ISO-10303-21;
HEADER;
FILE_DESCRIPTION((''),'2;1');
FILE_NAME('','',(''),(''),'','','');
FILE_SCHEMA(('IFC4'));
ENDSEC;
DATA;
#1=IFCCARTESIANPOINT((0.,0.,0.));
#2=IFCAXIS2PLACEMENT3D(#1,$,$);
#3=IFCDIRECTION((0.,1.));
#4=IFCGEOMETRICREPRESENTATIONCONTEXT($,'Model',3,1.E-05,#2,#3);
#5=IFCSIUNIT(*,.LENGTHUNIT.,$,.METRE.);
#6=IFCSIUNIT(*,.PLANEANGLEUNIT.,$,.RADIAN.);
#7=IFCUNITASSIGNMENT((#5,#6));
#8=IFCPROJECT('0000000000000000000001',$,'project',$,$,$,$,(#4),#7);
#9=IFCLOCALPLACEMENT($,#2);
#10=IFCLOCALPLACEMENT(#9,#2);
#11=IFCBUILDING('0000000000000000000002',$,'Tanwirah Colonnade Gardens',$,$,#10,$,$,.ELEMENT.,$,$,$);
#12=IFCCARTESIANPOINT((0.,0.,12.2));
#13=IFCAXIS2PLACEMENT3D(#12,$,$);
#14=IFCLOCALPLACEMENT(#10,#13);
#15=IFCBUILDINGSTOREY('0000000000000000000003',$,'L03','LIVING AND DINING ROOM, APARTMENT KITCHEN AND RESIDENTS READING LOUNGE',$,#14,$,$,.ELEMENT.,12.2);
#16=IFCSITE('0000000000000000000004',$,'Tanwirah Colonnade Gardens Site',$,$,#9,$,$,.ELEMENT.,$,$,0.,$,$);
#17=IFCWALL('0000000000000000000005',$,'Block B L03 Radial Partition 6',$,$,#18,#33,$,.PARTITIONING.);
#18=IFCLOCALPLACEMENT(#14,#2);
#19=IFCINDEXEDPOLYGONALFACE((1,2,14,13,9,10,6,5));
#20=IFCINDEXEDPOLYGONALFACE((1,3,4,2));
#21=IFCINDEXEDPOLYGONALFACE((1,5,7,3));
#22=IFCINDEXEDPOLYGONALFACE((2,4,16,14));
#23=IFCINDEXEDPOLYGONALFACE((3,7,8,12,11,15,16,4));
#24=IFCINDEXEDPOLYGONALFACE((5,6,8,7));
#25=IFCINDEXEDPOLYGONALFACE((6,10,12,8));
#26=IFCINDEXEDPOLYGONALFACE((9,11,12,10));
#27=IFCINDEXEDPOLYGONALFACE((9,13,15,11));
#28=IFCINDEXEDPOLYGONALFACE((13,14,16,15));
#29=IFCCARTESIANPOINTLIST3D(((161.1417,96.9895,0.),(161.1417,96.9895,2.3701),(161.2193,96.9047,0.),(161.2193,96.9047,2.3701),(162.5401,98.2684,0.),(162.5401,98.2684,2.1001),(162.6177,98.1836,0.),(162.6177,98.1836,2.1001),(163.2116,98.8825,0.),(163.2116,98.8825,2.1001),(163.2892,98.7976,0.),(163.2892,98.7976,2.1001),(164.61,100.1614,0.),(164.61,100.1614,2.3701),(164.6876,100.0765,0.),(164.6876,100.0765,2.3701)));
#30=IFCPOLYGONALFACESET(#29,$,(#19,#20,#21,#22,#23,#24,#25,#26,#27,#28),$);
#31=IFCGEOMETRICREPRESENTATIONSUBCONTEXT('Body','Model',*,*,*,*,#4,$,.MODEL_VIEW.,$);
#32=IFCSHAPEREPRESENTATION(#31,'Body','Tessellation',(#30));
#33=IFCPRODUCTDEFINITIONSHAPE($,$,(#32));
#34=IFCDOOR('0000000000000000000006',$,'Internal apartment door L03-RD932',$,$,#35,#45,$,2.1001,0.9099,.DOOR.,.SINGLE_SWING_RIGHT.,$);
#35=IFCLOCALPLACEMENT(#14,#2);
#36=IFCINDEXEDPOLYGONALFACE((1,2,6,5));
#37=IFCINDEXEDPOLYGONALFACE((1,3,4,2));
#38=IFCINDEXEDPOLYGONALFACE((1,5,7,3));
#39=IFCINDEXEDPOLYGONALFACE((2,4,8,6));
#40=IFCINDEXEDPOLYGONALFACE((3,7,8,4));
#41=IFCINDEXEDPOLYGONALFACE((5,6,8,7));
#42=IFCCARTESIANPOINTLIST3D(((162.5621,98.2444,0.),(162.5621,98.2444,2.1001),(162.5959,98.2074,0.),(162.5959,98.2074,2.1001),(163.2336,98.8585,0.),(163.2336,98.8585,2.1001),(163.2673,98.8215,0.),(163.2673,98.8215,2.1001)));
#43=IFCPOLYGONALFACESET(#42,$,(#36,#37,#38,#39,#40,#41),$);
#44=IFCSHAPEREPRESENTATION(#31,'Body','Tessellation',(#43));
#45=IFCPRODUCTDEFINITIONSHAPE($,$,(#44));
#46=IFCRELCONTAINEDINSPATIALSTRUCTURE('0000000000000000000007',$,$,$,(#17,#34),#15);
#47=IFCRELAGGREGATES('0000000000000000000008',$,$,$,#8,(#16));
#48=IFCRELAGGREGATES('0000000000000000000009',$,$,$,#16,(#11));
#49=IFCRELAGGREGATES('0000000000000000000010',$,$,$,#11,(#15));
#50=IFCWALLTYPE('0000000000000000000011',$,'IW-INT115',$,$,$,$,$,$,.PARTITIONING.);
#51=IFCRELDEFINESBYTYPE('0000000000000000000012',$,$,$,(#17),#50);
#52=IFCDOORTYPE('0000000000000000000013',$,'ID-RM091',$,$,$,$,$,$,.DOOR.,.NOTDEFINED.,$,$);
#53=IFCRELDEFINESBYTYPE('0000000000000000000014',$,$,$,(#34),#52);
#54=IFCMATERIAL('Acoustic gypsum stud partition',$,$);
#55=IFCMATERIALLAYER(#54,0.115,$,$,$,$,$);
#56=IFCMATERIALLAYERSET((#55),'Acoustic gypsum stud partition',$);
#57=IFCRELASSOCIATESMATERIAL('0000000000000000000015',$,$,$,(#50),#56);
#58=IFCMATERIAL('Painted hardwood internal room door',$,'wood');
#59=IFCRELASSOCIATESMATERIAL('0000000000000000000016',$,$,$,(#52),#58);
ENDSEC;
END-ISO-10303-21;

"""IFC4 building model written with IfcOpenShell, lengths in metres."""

from ifc_helpers import new_model, si_unit, direction, frame, frame_2d, origin, place, context, subcontext, project, spatial, rectangle, extrude, material, layer, layer_set, type_object, element, fill, save


model = new_model("IFC4")

# Units and contexts
model_context = context("Model", 3, precision=1e-05, world=origin(), true_north=direction((0.0, 1.0)))
body_context = subcontext(model_context, "Body", "Model", "MODEL_VIEW")
ifc_project = project(units=[si_unit("LENGTHUNIT", "METRE"), si_unit("PLANEANGLEUNIT", "RADIAN")], contexts=[model_context])

# Site, building, storey
site_placement = place(None, origin())
site = spatial("IfcSite", under=ifc_project, at=site_placement, Name="Tanwirah Colonnade Gardens Site", CompositionType="ELEMENT", RefElevation=0.0)
building_placement = place(site_placement, origin())
building = spatial("IfcBuilding", under=site, at=building_placement, Name="Tanwirah Colonnade Gardens", CompositionType="ELEMENT")
storey_placement = place(building_placement, frame((0.0, 0.0, 12.2)))
storey = spatial("IfcBuildingStorey", under=building, at=storey_placement, Name="L03", Description="LIVING AND DINING ROOM, APARTMENT KITCHEN AND RESIDENTS READING LOUNGE", CompositionType="ELEMENT", Elevation=12.2)

# Wall, opening, door
ifc_material_1 = material(Name="Acoustic gypsum stud partition")
ifc_layer_1 = layer(ifc_material_1, 0.115)
ifc_layer_set_1 = layer_set([ifc_layer_1], Name="Acoustic gypsum stud partition")
wall_type_1 = type_object("IfcWallType", Name="IW-INT115", PredefinedType="PARTITIONING", material=ifc_layer_set_1)
wall_1_placement = place(storey_placement, frame((161.1804, 96.947, 0.0), z_axis=(0.0, 0.0, 1.0), x_axis=(0.737934, 0.674873, 0.0)))
wall_1 = element("IfcWall", 1, at=wall_1_placement, inside=storey, type_object=wall_type_1, Name="Block B L03 Radial Partition 6", PredefinedType="PARTITIONING", context=body_context, shape_type="SweptSolid", body=[
    extrude(rectangle(XDim=4.7, YDim=0.115, at=frame_2d((2.3501, 0.0))), origin(), (0.0, 0.0, 1.0), 2.3701),
])
opening_1_placement = place(wall_1_placement, frame((1.895, 0.0, 0.0)))
opening_1 = element("IfcOpeningElement", 2, at=opening_1_placement, cuts=wall_1, PredefinedType="OPENING", context=body_context, shape_type="SweptSolid", body=[
    extrude(rectangle(XDim=0.9099, YDim=2.1001, at=frame_2d((0.4551, 1.05))), frame((0.0, 0.0674, 0.0), z_axis=(0.0, -1.0, 0.0), x_axis=(1.0, 0.0, 0.0)), (0.0, 0.0, 1.0), 0.135),
])
ifc_material_2 = material(Name="Painted hardwood internal room door", Category="wood")
door_type_1 = type_object("IfcDoorType", Name="ID-RM091", OperationType="NOTDEFINED", PredefinedType="DOOR", material=ifc_material_2)
door_1_placement = place(opening_1_placement, origin())
door_1 = element("IfcDoor", 3, at=door_1_placement, inside=storey, type_object=door_type_1, Name="Internal apartment door L03-RD932", OperationType="SINGLE_SWING_RIGHT", OverallHeight=2.1001, OverallWidth=0.9099, PredefinedType="DOOR", context=body_context, shape_type="SweptSolid", body=[
    extrude(rectangle(XDim=0.9099, YDim=2.1001, at=frame_2d((0.4551, 1.05))), frame((0.0, 0.0249, 0.0), z_axis=(0.0, -1.0, 0.0), x_axis=(1.0, 0.0, 0.0)), (0.0, 0.0, 1.0), 0.05),
])
fill(opening_1, door_1)

save(model, "model.ifc")
